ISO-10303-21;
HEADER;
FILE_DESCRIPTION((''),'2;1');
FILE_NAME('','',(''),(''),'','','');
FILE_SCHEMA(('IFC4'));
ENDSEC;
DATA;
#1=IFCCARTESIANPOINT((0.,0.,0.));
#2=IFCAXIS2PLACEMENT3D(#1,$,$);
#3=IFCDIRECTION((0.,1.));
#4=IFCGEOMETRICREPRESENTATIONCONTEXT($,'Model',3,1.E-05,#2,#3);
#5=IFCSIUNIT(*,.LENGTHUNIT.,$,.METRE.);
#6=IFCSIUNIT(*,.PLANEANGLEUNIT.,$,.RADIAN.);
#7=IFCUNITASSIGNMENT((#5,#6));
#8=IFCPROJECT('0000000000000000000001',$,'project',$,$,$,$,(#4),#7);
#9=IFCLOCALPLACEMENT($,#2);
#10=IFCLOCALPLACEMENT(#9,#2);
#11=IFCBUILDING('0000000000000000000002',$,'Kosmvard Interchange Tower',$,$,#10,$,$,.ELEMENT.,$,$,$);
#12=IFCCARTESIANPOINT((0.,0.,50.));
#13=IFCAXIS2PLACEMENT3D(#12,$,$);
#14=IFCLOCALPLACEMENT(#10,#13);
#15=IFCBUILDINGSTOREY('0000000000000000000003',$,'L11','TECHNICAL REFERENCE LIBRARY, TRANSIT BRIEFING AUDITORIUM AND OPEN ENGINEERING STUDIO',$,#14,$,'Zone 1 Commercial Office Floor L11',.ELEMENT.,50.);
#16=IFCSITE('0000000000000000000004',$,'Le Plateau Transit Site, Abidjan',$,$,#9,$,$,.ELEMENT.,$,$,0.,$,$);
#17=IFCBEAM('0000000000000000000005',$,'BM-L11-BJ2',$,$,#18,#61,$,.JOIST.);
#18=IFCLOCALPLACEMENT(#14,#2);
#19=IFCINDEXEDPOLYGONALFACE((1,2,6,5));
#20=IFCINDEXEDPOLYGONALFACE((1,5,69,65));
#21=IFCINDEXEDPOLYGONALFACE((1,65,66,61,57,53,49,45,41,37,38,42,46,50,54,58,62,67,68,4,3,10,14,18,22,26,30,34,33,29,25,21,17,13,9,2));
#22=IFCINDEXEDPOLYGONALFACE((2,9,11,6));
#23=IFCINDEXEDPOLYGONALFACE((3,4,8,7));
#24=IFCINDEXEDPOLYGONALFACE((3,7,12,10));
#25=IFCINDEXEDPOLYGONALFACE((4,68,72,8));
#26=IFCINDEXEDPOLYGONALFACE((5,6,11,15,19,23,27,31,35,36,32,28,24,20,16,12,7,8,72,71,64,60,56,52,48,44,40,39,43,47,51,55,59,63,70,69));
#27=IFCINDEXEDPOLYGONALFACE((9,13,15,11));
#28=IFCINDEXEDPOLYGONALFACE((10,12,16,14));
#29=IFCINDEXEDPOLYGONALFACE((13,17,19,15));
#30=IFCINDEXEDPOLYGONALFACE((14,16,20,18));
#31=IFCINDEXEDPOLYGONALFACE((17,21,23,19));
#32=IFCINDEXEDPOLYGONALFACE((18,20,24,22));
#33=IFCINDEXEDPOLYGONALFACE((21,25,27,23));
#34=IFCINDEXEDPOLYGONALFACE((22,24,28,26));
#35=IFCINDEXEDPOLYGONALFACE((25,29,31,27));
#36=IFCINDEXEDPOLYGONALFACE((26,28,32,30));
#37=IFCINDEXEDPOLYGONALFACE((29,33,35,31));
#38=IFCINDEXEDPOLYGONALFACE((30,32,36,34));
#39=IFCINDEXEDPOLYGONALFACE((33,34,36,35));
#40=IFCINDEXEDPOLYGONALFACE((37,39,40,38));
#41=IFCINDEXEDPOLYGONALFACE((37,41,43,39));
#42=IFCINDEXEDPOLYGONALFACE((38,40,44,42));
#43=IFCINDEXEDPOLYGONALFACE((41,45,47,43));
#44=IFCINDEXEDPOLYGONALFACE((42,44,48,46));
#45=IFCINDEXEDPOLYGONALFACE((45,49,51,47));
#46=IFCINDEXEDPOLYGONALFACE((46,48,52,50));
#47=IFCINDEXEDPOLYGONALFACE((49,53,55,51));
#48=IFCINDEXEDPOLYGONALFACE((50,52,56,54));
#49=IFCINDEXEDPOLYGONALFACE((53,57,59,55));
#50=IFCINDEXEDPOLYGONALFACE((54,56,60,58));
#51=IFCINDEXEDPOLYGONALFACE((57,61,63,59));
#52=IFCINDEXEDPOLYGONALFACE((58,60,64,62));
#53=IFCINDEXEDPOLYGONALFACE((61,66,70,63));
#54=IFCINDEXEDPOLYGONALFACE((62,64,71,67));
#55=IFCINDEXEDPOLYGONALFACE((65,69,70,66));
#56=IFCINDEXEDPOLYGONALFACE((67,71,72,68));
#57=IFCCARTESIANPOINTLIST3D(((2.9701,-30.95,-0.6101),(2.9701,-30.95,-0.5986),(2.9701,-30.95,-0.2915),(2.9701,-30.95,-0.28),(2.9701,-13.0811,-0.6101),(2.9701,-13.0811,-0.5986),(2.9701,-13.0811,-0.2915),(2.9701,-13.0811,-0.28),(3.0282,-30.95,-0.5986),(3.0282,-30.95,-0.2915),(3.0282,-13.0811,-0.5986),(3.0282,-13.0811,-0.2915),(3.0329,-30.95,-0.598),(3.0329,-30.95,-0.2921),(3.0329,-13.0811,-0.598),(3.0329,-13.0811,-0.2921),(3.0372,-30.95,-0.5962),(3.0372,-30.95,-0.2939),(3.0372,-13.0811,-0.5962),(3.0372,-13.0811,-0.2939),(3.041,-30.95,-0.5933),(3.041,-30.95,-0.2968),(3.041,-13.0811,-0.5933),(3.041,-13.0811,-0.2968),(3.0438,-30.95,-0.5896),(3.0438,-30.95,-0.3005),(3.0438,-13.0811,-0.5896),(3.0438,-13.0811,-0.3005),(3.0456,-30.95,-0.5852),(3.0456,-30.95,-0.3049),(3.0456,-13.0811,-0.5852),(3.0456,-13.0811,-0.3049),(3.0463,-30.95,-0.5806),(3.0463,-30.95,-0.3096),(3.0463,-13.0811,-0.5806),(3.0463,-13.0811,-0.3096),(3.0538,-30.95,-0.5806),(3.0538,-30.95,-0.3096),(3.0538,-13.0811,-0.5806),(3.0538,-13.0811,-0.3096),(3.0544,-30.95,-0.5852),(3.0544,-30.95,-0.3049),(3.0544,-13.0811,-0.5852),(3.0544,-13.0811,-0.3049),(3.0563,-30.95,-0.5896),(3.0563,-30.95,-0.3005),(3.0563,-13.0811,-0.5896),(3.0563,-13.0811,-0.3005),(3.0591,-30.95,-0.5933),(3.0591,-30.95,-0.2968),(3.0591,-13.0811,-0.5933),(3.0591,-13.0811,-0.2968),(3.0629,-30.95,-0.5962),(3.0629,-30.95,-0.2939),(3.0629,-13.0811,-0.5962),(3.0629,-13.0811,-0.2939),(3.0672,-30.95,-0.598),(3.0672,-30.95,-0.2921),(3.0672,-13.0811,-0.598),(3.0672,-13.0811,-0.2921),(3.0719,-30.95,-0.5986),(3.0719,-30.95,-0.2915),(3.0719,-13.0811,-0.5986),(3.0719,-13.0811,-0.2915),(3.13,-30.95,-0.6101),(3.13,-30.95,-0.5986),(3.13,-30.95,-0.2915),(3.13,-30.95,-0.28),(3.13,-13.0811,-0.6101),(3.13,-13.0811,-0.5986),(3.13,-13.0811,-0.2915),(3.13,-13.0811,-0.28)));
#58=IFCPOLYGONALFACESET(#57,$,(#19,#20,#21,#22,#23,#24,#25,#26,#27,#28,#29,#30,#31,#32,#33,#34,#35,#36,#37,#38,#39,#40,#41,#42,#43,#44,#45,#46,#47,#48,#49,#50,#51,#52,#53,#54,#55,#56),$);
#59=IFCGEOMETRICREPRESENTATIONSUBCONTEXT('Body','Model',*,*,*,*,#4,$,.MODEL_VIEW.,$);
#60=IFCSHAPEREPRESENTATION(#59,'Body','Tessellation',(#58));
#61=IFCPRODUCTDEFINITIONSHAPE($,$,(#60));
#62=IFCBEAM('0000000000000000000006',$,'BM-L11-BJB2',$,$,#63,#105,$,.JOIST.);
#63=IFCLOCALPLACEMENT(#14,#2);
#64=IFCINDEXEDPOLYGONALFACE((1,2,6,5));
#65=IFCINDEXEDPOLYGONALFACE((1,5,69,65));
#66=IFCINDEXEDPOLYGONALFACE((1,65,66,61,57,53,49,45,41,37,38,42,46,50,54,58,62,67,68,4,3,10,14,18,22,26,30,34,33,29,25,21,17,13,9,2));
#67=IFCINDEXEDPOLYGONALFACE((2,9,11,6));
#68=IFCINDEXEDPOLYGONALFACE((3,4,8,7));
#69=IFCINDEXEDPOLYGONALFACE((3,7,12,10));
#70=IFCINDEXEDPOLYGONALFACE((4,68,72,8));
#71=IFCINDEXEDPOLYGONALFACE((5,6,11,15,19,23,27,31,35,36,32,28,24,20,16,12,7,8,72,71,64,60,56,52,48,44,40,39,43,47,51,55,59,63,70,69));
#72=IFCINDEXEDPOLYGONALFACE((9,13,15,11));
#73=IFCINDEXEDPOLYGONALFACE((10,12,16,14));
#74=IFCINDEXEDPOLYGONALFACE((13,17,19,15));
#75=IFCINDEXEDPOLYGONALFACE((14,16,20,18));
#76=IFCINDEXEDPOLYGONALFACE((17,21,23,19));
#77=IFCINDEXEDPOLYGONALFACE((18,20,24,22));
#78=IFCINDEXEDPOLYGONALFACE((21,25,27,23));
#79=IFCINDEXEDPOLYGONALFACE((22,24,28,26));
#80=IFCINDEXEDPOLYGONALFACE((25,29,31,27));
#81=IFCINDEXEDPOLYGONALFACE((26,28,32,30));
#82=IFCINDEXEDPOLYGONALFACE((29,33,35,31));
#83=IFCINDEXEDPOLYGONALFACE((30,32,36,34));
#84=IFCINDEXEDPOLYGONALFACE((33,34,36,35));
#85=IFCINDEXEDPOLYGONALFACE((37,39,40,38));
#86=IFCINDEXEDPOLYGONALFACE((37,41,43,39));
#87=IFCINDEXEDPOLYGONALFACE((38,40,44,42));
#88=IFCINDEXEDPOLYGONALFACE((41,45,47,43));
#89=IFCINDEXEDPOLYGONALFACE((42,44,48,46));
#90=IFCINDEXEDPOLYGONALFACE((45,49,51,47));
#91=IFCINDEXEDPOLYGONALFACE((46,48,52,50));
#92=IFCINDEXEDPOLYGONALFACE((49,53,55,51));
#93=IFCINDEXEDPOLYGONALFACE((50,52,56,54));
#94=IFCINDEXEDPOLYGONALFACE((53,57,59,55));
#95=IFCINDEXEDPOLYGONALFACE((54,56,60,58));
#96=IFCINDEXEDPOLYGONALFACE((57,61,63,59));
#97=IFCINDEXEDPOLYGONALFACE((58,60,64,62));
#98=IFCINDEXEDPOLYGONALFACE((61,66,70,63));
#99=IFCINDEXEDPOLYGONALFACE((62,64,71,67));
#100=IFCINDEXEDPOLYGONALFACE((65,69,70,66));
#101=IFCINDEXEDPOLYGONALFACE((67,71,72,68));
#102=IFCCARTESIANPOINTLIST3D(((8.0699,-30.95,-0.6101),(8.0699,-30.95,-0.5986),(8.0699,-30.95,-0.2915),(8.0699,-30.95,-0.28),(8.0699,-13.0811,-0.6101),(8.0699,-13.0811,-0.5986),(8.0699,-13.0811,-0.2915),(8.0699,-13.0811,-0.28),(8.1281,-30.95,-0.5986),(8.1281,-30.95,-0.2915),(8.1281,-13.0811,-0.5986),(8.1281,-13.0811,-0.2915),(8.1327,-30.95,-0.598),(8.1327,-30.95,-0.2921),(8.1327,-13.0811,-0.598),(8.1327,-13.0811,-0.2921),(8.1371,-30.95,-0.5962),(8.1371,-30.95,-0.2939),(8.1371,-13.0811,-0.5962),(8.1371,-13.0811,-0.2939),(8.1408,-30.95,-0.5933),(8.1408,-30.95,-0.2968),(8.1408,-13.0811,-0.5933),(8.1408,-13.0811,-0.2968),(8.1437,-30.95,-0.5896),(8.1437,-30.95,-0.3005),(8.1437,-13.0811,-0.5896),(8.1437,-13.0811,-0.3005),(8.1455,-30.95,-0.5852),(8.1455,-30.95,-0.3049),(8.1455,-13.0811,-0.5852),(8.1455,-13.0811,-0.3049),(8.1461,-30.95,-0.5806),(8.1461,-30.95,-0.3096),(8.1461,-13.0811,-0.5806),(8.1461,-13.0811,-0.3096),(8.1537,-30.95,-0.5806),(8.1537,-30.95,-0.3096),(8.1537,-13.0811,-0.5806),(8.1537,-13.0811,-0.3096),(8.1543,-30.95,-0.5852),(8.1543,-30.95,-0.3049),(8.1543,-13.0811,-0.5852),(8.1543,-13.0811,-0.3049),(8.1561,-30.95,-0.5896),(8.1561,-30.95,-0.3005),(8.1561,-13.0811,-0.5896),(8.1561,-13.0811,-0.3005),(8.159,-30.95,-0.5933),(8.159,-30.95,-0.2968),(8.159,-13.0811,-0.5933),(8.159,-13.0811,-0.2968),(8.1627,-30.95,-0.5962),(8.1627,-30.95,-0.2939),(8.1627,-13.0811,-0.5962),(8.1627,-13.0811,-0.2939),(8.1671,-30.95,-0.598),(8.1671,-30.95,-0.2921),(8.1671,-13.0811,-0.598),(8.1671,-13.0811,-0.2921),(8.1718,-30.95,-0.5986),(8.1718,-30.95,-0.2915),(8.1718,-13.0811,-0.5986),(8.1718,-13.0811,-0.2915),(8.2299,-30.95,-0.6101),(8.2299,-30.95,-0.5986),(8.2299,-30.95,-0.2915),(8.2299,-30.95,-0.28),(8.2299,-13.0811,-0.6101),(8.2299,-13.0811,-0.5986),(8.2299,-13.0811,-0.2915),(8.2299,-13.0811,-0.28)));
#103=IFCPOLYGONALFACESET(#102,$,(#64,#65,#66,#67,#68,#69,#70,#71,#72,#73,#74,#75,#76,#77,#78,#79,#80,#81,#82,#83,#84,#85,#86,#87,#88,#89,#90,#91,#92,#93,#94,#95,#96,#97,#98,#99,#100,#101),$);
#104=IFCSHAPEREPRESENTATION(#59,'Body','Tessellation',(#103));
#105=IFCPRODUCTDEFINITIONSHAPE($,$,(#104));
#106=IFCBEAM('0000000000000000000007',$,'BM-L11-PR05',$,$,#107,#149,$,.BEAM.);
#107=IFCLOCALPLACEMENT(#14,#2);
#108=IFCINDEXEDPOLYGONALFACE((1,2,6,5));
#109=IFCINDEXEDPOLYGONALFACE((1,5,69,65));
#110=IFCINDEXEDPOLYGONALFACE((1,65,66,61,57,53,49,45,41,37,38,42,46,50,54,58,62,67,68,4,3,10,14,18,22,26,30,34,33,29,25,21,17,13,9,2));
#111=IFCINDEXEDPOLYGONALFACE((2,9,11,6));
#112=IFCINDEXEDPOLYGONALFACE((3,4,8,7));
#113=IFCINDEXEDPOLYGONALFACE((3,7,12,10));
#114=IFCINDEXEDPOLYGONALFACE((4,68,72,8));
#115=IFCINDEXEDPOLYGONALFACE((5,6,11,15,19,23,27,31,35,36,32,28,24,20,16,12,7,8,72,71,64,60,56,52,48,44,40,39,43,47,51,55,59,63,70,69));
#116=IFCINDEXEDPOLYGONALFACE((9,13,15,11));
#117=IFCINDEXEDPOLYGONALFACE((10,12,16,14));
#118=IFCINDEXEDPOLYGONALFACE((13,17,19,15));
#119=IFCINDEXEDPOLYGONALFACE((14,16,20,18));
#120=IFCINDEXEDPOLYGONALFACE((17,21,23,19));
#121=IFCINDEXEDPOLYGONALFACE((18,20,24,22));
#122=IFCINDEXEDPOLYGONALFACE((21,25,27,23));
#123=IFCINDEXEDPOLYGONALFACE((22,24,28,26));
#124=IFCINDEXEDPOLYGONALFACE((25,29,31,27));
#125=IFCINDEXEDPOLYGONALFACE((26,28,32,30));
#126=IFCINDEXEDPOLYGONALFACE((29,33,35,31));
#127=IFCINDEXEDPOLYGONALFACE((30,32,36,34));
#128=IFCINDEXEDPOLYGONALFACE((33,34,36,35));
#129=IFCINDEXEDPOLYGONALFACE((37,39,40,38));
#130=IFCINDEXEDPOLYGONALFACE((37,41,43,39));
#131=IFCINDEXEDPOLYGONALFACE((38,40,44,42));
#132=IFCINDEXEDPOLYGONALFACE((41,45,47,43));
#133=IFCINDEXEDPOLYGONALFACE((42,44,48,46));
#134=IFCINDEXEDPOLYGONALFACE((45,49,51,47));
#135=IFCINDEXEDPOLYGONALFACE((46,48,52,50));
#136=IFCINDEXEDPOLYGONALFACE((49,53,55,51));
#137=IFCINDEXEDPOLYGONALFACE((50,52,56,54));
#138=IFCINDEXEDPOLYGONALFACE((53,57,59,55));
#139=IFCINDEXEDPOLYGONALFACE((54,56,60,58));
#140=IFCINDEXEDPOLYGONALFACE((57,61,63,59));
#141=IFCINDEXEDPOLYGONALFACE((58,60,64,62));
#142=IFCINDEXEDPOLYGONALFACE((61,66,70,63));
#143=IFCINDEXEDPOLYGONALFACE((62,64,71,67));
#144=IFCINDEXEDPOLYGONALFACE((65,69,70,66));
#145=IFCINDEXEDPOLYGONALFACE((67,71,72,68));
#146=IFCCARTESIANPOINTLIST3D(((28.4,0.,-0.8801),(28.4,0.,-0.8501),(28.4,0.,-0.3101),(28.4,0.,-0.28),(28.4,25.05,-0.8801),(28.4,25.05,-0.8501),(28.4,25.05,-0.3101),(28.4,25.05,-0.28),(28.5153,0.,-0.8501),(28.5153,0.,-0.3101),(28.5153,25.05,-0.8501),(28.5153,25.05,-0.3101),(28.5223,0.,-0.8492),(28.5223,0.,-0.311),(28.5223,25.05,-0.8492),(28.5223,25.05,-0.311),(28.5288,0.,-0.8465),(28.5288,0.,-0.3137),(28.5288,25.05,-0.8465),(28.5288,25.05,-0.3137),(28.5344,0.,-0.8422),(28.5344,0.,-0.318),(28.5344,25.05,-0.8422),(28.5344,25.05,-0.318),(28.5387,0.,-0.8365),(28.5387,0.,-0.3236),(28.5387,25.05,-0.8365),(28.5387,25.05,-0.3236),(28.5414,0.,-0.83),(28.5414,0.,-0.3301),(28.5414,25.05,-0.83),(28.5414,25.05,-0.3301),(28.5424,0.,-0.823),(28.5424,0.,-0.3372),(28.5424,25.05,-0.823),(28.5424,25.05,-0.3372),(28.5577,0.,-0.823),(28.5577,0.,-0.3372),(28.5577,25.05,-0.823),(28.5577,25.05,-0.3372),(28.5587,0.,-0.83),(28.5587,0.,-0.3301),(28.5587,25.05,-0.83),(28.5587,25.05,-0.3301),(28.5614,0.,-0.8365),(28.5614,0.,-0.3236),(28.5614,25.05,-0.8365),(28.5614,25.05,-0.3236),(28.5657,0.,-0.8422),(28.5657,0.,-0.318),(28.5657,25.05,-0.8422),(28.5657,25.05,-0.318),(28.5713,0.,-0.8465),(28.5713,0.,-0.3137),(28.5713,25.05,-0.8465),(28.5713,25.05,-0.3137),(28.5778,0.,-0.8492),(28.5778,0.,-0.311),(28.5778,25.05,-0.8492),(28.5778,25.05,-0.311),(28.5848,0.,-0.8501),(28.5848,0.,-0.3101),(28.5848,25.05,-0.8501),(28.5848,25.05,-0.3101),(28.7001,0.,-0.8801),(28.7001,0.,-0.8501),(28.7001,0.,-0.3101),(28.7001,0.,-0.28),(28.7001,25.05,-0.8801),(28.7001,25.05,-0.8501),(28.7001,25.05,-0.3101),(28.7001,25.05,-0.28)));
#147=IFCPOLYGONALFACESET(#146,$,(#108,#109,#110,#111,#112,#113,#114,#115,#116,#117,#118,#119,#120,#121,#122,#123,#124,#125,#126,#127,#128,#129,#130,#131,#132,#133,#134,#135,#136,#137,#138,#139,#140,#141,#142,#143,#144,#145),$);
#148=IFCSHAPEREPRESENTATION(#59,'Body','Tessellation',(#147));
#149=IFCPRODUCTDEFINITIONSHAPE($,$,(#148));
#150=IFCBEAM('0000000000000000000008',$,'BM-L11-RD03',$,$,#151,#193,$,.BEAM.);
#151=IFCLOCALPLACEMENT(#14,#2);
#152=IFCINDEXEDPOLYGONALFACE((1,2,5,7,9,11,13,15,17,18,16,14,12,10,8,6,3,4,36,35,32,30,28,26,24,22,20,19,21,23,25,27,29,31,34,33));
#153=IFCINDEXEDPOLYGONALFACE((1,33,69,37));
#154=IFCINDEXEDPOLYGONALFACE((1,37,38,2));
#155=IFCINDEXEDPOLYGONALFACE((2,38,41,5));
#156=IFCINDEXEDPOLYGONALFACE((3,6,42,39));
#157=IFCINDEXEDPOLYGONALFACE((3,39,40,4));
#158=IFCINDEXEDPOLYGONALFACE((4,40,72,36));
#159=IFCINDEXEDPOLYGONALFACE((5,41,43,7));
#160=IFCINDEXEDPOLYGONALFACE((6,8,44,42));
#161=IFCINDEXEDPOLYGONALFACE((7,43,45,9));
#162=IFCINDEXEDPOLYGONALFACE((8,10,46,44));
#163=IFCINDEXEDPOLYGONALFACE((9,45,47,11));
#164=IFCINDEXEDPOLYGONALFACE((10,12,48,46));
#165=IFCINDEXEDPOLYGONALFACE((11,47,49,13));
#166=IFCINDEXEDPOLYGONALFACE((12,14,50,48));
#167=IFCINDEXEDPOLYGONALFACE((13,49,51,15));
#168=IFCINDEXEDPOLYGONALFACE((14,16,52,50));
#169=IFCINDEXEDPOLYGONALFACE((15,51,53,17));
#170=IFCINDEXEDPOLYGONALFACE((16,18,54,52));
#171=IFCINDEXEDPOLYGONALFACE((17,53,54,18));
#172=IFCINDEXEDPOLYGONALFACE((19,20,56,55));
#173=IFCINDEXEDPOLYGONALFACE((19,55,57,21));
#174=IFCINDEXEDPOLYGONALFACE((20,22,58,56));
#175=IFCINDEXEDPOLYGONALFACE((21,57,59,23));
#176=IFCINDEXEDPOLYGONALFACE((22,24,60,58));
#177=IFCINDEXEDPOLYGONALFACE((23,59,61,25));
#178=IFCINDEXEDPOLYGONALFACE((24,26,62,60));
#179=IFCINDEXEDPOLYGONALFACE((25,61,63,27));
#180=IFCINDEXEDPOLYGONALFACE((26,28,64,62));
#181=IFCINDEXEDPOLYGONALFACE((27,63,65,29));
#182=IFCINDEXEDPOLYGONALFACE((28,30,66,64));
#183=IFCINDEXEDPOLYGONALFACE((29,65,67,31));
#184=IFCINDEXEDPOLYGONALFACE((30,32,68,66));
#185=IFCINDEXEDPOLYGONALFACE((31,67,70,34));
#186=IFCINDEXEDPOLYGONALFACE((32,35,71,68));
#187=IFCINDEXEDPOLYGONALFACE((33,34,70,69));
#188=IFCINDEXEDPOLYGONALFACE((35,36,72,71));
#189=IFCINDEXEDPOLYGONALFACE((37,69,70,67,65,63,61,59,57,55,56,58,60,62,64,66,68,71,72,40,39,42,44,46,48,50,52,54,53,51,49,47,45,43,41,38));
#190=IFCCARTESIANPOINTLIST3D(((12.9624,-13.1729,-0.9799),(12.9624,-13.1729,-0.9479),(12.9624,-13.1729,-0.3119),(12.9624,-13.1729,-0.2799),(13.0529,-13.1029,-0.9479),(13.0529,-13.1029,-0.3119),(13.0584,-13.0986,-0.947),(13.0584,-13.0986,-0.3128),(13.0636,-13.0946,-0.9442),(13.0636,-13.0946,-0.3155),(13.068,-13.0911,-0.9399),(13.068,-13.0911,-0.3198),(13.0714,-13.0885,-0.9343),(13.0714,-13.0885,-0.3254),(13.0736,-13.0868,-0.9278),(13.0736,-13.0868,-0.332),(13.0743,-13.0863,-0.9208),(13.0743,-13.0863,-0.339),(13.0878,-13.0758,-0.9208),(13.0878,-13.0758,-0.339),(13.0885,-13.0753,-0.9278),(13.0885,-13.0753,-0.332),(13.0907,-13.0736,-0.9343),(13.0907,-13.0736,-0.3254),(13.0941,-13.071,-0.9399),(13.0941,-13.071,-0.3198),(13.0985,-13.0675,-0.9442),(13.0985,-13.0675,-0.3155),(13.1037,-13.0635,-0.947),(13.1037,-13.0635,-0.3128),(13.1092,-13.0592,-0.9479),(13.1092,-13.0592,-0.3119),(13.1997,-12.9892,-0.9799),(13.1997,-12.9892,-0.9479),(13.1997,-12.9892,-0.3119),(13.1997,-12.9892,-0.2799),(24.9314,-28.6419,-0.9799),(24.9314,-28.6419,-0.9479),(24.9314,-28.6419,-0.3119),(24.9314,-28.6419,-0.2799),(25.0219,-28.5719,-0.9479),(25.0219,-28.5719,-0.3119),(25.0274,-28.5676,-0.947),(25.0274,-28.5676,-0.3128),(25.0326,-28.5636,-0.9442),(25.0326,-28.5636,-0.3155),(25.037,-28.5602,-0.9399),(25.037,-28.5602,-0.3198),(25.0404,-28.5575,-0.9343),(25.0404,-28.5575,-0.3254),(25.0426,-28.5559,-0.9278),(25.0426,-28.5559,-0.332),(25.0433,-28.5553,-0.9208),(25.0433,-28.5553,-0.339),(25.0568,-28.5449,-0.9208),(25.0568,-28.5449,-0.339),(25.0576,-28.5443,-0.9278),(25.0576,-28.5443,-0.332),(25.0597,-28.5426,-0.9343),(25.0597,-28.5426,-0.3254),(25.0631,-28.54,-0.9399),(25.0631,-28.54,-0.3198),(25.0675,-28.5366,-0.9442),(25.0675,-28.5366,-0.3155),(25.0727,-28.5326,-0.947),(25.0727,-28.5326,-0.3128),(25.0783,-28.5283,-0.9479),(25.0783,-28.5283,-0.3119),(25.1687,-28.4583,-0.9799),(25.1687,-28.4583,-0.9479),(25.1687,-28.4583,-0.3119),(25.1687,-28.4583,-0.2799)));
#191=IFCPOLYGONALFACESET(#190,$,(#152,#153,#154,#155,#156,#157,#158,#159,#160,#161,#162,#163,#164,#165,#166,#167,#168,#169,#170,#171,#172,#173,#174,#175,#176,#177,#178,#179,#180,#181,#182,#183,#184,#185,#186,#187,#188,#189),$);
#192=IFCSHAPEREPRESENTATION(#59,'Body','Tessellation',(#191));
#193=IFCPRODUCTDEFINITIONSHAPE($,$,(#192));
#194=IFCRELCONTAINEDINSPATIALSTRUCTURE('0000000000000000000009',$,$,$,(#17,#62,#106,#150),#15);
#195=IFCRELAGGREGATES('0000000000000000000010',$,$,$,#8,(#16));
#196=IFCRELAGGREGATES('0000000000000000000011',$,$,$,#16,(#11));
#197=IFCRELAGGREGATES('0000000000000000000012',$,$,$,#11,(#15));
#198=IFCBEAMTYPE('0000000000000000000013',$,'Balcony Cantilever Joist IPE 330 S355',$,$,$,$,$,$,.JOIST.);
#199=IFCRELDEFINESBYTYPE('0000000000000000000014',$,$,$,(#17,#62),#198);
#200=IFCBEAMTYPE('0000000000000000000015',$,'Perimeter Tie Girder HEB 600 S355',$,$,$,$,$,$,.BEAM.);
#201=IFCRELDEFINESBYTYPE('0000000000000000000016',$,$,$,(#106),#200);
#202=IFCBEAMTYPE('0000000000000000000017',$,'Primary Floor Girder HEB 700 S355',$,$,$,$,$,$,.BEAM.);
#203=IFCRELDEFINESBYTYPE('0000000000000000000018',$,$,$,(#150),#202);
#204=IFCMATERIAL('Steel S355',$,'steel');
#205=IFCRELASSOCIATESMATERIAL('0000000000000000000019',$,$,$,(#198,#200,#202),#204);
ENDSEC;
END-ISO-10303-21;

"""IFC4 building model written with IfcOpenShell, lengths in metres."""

from ifc_helpers import new_model, si_unit, direction, frame, origin, origin_2d, place, context, subcontext, project, spatial, i_section, extrude, source, transform, mapped, material, material_profile, profile_set, type_object, element, save


model = new_model("IFC4")

# Units and contexts
model_context = context("Model", 3, precision=1e-05, world=origin(), true_north=direction((0.0, 1.0)))
body_context = subcontext(model_context, "Body", "Model", "MODEL_VIEW")
ifc_project = project(units=[si_unit("LENGTHUNIT", "METRE"), si_unit("PLANEANGLEUNIT", "RADIAN")], contexts=[model_context])

# Site, building, storey
site_placement = place(None, origin())
site = spatial("IfcSite", under=ifc_project, at=site_placement, Name="Le Plateau Transit Site, Abidjan", CompositionType="ELEMENT", RefElevation=0.0)
building_placement = place(site_placement, origin())
building = spatial("IfcBuilding", under=site, at=building_placement, Name="Kosmvard Interchange Tower", CompositionType="ELEMENT")
storey_placement = place(building_placement, frame((0.0, 0.0, 50.0)))
storey = spatial("IfcBuildingStorey", under=building, at=storey_placement, Name="L11", Description="TECHNICAL REFERENCE LIBRARY, TRANSIT BRIEFING AUDITORIUM AND OPEN ENGINEERING STUDIO", LongName="Zone 1 Commercial Office Floor L11", CompositionType="ELEMENT", Elevation=50.0)

# Beams
ifc_material_1 = material(Name="Steel S355", Category="steel")
ifc_material_profile_1 = material_profile(ifc_material_1, i_section(OverallWidth=0.1599, OverallDepth=0.3301, WebThickness=0.0076, FlangeThickness=0.0115, FilletRadius=0.0181, at=origin_2d()), Name="IPE 330")
ifc_profile_set_1 = profile_set([ifc_material_profile_1], Name="Steel S355")
beam_type_1 = type_object("IfcBeamType", Name="Balcony Cantilever Joist IPE 330 S355", PredefinedType="JOIST", material=ifc_profile_set_1)
shared_shape_1 = source(origin(), body_context, "Body", "SweptSolid", [
    extrude(i_section(OverallWidth=0.1599, OverallDepth=0.3301, WebThickness=0.0076, FlangeThickness=0.0115, FilletRadius=0.0181, at=origin_2d()), origin(), (0.0, 0.0, 1.0), 17.8689),
])
for number, where, z_axis, x_axis, name in (
    (1, (3.05, -13.0811, -0.4451), (0.0, -1.0, 0.0), (1.0, 0.0, 0.0), "BM-L11-BJ2"),
    (2, (8.1499, -13.0811, -0.4451), (0.0, -1.0, 0.0), (1.0, 0.0, 0.0), "BM-L11-BJB2"),
):
    element("IfcBeam", number, at=place(storey_placement, frame(where, z_axis=z_axis, x_axis=x_axis)), inside=storey, type_object=beam_type_1, Name=name, PredefinedType="JOIST", context=body_context, shape_type="MappedRepresentation", body=[
        mapped(shared_shape_1, transform((0.0, 0.0, 0.0), scale=1.0)),
    ])
ifc_material_profile_2 = material_profile(ifc_material_1, i_section(OverallWidth=0.3, OverallDepth=0.6001, WebThickness=0.0154, FlangeThickness=0.03, FilletRadius=0.0271, at=origin_2d()), Name="HEB 600")
ifc_profile_set_2 = profile_set([ifc_material_profile_2], Name="Steel S355")
beam_type_2 = type_object("IfcBeamType", Name="Perimeter Tie Girder HEB 600 S355", PredefinedType="BEAM", material=ifc_profile_set_2)
shared_shape_2 = source(origin(), body_context, "Body", "SweptSolid", [
    extrude(i_section(OverallWidth=0.3, OverallDepth=0.6001, WebThickness=0.0154, FlangeThickness=0.03, FilletRadius=0.0271, at=origin_2d()), origin(), (0.0, 0.0, 1.0), 25.05),
])
beam_1_placement = place(storey_placement, frame((28.55, 0.0, -0.5801), z_axis=(0.0, 1.0, 0.0), x_axis=(-1.0, 0.0, 0.0)))
element("IfcBeam", 3, at=beam_1_placement, inside=storey, type_object=beam_type_2, Name="BM-L11-PR05", PredefinedType="BEAM", context=body_context, shape_type="MappedRepresentation", body=[
    mapped(shared_shape_2, transform((0.0, 0.0, 0.0), scale=1.0)),
])
ifc_material_profile_3 = material_profile(ifc_material_1, i_section(OverallWidth=0.3, OverallDepth=0.7, WebThickness=0.0171, FlangeThickness=0.032, FilletRadius=0.0271, at=origin_2d()), Name="HEB 700")
ifc_profile_set_3 = profile_set([ifc_material_profile_3], Name="Steel S355")
beam_type_3 = type_object("IfcBeamType", Name="Primary Floor Girder HEB 700 S355", PredefinedType="BEAM", material=ifc_profile_set_3)
shared_shape_3 = source(origin(), body_context, "Body", "SweptSolid", [
    extrude(i_section(OverallWidth=0.3, OverallDepth=0.7, WebThickness=0.0171, FlangeThickness=0.032, FilletRadius=0.0271, at=origin_2d()), origin(), (0.0, 0.0, 1.0), 19.5588),
])
for number, where, z_axis, x_axis, name in (
    (4, (13.0811, -13.0811, -0.6299), (0.611949, -0.790897, 0.0), (0.790897, 0.611949, 0.0), "BM-L11-RD03"),
):
    element("IfcBeam", number, at=place(storey_placement, frame(where, z_axis=z_axis, x_axis=x_axis)), inside=storey, type_object=beam_type_3, Name=name, PredefinedType="BEAM", context=body_context, shape_type="MappedRepresentation", body=[
        mapped(shared_shape_3, transform((0.0, 0.0, 0.0), scale=1.0)),
    ])

save(model, "model.ifc")
